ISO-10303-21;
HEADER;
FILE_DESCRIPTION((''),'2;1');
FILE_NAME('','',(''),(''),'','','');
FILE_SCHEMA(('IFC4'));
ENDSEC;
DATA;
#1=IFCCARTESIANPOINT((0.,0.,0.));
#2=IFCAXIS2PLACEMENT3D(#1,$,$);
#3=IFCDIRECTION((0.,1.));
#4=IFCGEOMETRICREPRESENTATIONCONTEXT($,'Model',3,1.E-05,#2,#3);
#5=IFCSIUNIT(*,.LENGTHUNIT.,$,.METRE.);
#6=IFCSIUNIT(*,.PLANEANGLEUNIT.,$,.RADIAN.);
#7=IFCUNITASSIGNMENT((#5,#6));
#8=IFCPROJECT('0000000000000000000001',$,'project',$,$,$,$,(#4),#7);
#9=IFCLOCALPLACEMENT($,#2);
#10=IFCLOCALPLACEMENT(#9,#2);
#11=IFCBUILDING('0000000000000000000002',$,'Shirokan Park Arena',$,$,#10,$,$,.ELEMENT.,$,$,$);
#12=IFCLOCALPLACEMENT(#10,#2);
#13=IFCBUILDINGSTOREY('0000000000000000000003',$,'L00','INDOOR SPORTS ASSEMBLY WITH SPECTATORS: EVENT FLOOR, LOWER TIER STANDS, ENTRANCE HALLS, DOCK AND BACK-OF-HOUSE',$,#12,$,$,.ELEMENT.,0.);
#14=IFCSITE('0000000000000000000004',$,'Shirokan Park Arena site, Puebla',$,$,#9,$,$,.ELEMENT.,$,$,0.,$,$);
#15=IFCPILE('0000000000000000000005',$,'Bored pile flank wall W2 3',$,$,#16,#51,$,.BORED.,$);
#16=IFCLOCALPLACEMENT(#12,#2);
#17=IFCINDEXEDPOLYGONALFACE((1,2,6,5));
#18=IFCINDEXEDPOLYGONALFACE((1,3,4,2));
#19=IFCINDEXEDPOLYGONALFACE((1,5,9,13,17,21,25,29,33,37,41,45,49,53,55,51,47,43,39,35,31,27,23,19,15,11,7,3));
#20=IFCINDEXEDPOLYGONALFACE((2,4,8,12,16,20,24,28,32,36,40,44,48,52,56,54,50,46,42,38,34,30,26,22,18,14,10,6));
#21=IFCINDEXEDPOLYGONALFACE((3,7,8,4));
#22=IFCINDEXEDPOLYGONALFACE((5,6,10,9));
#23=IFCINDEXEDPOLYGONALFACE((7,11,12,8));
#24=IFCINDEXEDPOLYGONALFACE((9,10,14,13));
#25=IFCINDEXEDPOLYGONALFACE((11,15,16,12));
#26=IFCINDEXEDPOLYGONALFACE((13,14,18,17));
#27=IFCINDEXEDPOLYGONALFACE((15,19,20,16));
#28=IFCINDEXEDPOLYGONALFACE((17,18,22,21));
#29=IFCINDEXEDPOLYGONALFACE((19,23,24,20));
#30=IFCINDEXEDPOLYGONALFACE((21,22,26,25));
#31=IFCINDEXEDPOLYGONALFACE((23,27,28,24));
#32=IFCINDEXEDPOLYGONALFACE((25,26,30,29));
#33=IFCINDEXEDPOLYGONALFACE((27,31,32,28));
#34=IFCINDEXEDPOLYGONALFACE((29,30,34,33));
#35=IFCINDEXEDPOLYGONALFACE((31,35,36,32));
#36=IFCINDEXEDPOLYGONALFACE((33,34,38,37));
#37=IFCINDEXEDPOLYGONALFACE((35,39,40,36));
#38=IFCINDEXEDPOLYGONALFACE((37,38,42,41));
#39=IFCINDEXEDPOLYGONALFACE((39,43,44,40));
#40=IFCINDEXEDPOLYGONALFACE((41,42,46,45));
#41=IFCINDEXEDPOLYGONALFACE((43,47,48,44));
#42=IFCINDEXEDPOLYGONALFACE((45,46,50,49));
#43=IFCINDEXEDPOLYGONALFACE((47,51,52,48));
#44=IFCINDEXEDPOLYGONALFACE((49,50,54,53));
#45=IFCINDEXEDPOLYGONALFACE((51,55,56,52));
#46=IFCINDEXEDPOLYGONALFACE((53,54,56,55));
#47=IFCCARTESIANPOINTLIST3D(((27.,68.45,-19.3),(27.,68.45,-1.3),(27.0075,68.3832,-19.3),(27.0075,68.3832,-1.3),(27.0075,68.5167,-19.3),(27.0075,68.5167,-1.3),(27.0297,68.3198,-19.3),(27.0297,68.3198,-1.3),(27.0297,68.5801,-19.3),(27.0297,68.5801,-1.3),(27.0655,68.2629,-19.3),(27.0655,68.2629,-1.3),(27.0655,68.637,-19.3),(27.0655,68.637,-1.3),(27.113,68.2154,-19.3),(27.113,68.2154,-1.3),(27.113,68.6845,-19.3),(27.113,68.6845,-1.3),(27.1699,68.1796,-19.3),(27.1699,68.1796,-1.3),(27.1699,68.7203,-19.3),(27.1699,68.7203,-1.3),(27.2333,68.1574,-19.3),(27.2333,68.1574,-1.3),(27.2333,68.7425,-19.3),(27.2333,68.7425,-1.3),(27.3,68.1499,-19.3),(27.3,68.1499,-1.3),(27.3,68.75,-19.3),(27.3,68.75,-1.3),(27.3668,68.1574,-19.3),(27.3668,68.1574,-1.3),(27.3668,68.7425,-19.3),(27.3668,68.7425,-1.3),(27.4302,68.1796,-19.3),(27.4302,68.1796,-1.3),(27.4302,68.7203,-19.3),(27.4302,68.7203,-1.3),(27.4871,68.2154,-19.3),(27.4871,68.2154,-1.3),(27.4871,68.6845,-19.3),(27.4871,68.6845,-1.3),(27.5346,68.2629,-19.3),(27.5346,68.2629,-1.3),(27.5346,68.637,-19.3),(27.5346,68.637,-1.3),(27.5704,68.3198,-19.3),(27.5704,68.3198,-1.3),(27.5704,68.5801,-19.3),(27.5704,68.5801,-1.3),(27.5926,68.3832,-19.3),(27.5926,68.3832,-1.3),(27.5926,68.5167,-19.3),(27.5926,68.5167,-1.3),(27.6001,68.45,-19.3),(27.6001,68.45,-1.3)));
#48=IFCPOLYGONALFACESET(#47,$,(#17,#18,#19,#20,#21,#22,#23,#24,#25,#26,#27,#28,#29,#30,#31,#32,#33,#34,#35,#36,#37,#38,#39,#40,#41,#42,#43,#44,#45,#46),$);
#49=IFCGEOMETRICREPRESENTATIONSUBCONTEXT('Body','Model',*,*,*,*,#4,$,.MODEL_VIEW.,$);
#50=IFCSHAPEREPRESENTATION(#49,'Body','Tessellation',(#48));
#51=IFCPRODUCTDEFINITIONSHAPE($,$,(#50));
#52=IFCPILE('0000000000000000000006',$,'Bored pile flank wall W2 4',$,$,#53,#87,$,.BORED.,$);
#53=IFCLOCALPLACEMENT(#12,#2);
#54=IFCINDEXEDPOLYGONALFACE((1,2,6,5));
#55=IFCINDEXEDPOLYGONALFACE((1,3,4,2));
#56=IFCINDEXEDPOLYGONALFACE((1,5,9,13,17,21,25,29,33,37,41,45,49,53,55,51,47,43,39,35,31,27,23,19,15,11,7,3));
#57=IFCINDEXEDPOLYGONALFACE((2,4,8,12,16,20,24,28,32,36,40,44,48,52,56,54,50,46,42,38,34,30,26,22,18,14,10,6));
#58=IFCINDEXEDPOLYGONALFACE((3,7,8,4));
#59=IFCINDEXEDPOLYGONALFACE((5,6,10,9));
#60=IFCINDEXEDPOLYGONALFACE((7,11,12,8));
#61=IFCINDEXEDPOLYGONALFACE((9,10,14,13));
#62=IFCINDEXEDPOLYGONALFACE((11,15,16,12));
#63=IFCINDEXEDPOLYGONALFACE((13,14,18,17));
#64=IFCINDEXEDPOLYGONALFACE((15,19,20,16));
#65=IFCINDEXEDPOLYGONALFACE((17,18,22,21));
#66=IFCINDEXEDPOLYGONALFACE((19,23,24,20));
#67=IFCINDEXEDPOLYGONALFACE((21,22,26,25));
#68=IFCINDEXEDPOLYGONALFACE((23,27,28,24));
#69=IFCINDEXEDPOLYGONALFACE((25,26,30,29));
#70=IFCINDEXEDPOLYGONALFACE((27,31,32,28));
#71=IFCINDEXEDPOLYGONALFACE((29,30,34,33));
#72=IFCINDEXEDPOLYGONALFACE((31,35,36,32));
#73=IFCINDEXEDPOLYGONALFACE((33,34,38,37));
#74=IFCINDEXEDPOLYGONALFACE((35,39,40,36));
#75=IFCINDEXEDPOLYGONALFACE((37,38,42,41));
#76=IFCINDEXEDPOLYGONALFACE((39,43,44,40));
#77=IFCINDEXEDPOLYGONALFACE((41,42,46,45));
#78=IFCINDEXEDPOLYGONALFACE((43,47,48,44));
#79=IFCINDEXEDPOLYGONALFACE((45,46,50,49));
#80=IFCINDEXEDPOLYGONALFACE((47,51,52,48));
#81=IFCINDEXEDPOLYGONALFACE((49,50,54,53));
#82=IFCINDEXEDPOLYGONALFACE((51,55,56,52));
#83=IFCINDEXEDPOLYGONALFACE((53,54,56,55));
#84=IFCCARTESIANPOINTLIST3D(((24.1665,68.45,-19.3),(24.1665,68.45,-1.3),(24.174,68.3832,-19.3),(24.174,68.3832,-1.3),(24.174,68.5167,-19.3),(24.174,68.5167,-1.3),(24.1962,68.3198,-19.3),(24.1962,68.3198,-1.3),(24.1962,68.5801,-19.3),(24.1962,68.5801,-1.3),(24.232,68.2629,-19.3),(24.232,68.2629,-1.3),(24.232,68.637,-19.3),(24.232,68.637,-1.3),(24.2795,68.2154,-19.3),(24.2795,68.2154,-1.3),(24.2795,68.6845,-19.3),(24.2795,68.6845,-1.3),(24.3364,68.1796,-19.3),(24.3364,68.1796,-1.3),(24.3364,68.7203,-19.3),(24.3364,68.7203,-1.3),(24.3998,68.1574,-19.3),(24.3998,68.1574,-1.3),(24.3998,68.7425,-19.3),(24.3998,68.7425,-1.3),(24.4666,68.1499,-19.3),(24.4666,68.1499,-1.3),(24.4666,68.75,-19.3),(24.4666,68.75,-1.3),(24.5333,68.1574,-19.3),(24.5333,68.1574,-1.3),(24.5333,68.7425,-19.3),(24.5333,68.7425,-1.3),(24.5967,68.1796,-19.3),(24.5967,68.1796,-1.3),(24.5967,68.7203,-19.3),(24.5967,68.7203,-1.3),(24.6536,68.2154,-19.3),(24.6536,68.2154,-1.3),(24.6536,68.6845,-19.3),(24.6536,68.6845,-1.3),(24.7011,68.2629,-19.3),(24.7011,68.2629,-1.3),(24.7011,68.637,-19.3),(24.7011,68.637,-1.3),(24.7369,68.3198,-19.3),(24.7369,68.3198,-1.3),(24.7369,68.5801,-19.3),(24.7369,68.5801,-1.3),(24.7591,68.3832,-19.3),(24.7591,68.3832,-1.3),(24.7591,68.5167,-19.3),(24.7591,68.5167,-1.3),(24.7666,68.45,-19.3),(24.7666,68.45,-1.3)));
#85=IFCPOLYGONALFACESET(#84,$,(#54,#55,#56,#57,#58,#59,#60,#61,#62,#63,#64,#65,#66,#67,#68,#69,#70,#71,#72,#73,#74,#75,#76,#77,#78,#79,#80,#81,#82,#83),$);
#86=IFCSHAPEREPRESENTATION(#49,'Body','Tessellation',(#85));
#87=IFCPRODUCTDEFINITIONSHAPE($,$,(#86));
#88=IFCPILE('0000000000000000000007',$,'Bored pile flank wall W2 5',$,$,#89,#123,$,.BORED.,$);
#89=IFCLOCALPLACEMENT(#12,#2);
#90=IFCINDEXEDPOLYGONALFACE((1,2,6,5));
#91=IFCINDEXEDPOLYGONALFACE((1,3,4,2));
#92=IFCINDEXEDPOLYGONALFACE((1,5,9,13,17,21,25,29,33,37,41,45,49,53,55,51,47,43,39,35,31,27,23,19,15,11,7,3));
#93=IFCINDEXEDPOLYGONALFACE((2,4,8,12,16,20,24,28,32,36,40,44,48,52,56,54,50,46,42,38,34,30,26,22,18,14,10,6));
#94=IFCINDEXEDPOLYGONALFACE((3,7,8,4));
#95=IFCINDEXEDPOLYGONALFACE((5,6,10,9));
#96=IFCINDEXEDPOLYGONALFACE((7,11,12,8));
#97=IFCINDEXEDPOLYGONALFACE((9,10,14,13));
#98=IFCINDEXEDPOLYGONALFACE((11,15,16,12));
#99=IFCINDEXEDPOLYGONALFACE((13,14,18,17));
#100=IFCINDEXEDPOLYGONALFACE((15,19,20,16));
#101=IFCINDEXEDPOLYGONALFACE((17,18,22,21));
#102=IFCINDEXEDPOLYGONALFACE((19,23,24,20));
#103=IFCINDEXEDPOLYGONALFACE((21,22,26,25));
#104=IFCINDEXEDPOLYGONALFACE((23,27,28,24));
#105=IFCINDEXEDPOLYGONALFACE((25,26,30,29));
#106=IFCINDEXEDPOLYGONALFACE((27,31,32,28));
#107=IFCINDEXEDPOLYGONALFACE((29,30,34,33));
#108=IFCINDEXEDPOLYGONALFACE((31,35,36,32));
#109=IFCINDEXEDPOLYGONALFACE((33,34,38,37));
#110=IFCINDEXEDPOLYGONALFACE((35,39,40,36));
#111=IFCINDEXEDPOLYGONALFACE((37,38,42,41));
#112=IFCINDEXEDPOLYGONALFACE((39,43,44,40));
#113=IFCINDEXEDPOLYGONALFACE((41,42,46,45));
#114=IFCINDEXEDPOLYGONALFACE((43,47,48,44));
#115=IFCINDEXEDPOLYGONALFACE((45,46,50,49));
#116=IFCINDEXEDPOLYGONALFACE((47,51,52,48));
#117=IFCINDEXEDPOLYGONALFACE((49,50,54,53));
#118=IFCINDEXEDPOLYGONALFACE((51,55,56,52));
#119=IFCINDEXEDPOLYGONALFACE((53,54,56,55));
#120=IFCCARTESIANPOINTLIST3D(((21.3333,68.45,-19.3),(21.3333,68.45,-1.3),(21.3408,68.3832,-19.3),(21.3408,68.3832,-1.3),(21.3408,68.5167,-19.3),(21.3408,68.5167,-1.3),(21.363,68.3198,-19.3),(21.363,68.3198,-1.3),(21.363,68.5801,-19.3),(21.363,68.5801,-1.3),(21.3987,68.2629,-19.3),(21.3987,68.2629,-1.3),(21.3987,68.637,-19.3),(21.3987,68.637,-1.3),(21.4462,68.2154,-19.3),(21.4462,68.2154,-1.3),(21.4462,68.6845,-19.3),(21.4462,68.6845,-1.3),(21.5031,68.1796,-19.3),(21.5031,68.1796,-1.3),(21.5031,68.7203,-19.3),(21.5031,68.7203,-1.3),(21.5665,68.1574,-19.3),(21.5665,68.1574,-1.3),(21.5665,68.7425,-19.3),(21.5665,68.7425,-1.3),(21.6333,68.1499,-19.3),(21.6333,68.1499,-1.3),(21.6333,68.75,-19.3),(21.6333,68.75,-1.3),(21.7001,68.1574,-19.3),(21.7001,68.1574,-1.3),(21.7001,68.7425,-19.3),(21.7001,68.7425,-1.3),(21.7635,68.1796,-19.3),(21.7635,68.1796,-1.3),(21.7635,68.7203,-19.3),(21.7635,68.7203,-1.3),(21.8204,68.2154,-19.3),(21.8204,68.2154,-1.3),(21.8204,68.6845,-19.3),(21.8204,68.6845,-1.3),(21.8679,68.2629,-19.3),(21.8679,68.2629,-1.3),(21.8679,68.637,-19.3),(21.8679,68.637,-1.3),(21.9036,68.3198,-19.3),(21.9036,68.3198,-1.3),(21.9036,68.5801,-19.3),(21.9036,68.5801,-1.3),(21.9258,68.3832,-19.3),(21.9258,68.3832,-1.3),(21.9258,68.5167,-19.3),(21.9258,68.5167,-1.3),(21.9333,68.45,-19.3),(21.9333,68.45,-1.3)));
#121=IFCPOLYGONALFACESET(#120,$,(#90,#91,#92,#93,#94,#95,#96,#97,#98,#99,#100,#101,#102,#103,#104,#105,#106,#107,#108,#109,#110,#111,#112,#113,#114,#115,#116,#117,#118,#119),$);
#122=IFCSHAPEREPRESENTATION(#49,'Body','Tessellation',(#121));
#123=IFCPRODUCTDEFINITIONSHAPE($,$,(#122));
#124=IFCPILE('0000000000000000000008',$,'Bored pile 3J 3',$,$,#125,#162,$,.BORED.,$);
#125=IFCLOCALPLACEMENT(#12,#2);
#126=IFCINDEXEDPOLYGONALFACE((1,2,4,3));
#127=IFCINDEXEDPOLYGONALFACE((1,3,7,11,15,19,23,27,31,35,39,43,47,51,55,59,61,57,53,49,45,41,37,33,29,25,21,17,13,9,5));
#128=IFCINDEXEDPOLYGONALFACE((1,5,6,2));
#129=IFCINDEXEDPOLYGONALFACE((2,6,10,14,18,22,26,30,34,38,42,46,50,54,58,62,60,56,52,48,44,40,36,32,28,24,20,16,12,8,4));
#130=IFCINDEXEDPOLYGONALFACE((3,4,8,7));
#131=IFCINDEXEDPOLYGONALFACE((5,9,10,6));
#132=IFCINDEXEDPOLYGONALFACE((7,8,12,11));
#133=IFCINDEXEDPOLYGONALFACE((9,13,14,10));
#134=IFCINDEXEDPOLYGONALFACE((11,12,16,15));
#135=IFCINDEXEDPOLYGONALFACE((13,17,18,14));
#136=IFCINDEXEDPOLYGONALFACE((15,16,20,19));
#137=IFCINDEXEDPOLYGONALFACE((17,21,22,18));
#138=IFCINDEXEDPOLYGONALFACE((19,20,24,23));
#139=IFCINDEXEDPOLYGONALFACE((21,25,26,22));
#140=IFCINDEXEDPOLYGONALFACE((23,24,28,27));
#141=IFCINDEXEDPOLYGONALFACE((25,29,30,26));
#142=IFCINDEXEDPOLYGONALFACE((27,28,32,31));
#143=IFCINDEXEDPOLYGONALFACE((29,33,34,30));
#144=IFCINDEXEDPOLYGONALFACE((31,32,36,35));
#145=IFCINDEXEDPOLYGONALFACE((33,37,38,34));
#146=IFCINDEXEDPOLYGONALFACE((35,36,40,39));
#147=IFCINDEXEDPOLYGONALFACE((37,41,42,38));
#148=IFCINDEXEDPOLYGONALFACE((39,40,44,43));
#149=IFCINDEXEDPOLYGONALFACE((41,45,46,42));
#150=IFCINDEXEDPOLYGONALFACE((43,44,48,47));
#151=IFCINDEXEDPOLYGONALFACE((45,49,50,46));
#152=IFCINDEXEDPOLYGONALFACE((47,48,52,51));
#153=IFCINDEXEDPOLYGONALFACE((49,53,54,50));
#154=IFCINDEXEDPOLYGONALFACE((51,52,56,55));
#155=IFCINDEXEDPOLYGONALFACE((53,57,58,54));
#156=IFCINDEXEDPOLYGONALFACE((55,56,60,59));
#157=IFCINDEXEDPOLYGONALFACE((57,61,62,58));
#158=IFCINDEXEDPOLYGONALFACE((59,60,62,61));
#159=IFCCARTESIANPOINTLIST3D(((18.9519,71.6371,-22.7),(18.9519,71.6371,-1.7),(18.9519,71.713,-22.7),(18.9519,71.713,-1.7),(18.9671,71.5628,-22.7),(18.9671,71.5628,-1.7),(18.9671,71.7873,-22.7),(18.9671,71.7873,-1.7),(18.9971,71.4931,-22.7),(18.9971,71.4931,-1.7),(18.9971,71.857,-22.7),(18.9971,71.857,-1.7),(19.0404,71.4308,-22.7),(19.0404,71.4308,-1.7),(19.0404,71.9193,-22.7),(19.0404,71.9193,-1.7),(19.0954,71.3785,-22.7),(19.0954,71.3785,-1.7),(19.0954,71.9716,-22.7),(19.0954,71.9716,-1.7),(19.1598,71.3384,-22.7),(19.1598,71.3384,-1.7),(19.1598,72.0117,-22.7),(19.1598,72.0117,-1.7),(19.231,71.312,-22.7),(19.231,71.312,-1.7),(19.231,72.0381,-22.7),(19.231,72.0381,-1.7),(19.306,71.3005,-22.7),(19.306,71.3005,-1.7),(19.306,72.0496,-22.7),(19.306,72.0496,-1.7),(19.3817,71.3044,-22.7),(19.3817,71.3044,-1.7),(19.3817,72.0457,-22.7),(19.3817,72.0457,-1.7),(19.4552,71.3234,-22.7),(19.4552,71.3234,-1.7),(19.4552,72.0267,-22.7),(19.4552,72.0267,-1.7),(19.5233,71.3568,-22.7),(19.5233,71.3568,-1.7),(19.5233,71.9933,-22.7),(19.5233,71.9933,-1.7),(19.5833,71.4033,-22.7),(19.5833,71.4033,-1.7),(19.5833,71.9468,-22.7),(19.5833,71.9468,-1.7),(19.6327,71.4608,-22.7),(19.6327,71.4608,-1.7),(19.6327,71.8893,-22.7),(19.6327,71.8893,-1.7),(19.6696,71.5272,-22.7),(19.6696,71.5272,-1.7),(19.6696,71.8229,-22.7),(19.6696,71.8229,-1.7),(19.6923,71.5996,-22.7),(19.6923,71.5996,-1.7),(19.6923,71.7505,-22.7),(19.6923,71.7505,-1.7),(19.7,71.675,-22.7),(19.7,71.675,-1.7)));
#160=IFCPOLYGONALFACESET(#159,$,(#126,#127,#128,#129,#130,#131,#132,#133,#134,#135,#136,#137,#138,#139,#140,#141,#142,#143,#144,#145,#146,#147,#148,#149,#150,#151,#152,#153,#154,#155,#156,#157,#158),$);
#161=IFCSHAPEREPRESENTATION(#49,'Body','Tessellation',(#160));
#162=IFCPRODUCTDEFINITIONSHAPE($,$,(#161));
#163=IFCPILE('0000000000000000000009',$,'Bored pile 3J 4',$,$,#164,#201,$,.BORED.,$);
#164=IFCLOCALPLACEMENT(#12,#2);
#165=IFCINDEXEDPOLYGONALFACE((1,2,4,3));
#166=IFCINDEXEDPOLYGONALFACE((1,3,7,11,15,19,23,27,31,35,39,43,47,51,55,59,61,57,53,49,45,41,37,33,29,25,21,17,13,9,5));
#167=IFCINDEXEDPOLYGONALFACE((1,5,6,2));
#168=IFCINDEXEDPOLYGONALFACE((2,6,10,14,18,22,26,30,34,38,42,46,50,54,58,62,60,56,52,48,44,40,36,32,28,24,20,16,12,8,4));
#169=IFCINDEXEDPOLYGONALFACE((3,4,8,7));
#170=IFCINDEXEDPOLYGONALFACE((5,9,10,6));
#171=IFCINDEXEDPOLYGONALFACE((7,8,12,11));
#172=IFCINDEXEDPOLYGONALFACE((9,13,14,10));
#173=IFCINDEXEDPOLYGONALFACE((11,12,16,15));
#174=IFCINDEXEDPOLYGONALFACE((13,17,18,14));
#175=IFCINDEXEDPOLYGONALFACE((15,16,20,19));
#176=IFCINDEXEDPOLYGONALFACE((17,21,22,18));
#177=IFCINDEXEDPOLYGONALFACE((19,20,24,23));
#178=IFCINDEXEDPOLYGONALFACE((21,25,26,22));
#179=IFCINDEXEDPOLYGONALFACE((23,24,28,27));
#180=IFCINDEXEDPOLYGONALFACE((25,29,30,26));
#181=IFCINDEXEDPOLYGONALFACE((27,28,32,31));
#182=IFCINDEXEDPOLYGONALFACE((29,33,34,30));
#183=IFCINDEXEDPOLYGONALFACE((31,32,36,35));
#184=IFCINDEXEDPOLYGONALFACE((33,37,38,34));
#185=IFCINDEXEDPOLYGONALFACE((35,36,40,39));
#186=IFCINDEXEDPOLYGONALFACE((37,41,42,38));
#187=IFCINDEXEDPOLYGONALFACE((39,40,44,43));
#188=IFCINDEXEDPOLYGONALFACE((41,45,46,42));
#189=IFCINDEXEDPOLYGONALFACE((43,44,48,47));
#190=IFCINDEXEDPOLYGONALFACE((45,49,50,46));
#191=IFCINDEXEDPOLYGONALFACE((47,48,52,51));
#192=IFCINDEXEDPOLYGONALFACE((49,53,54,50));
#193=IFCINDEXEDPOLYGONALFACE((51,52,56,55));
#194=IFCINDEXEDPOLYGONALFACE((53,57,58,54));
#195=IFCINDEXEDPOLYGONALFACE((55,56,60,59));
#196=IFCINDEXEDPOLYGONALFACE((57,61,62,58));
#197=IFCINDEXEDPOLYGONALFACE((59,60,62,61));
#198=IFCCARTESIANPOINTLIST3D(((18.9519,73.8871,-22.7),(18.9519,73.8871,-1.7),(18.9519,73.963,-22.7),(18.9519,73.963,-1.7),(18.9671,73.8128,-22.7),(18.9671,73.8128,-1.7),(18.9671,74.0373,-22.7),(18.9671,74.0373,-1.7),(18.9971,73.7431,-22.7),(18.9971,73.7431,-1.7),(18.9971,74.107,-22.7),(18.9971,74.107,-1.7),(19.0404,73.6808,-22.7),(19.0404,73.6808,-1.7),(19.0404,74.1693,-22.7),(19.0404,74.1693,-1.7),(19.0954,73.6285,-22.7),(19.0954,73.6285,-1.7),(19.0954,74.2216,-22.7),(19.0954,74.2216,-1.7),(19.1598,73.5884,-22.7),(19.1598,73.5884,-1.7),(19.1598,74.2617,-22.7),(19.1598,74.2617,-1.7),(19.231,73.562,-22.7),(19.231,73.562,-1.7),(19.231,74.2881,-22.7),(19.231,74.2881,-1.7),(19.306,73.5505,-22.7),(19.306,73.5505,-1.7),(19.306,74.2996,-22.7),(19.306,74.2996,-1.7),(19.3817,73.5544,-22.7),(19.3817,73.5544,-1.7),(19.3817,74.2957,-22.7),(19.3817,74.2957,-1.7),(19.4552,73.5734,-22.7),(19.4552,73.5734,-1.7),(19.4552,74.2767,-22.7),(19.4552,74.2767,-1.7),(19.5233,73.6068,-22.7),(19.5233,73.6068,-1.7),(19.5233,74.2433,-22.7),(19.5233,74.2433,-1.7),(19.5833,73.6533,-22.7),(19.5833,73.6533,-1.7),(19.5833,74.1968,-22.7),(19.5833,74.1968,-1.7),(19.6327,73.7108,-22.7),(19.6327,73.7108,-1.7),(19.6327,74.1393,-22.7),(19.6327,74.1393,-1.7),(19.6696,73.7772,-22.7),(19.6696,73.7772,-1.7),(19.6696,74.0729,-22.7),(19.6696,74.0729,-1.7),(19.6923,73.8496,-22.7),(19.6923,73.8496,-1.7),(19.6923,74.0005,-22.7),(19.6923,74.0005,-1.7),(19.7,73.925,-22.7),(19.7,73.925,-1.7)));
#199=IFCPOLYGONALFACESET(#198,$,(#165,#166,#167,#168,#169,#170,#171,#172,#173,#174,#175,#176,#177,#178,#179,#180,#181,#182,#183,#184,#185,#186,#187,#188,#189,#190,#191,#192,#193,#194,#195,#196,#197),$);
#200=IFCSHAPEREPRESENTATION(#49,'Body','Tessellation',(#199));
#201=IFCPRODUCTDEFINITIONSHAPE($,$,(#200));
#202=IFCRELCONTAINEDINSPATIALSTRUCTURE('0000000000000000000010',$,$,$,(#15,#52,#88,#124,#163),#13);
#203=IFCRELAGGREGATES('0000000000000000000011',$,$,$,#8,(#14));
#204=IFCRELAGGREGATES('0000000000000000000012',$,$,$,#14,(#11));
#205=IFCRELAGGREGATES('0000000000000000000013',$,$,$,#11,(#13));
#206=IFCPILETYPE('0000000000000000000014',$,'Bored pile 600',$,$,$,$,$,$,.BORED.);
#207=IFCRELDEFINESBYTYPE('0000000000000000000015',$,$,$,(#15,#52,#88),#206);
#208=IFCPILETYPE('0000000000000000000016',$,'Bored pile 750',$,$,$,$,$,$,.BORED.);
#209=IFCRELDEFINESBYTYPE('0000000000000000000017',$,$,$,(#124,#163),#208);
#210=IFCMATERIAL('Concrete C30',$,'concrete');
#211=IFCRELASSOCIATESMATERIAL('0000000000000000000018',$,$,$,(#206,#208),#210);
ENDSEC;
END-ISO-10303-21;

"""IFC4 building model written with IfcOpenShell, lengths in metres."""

from ifc_helpers import new_model, si_unit, direction, frame, origin, origin_2d, place, context, subcontext, project, spatial, circle, extrude, material, material_profile, profile_set, type_object, element, save


model = new_model("IFC4")

# Units and contexts
model_context = context("Model", 3, precision=1e-05, world=origin(), true_north=direction((0.0, 1.0)))
body_context = subcontext(model_context, "Body", "Model", "MODEL_VIEW")
ifc_project = project(units=[si_unit("LENGTHUNIT", "METRE"), si_unit("PLANEANGLEUNIT", "RADIAN")], contexts=[model_context])

# Site, building, storey
site_placement = place(None, origin())
site = spatial("IfcSite", under=ifc_project, at=site_placement, Name="Shirokan Park Arena site, Puebla", CompositionType="ELEMENT", RefElevation=0.0)
building_placement = place(site_placement, origin())
building = spatial("IfcBuilding", under=site, at=building_placement, Name="Shirokan Park Arena", CompositionType="ELEMENT")
storey_placement = place(building_placement, origin())
storey = spatial("IfcBuildingStorey", under=building, at=storey_placement, Name="L00", Description="INDOOR SPORTS ASSEMBLY WITH SPECTATORS: EVENT FLOOR, LOWER TIER STANDS, ENTRANCE HALLS, DOCK AND BACK-OF-HOUSE", CompositionType="ELEMENT", Elevation=0.0)

# Piles
ifc_material_1 = material(Name="Concrete C30", Category="concrete")
ifc_material_profile_1 = material_profile(ifc_material_1, circle(Radius=0.3, at=origin_2d()), Name="D600")
ifc_profile_set_1 = profile_set([ifc_material_profile_1], Name="Concrete C30")
pile_type_1 = type_object("IfcPileType", Name="Bored pile 600", PredefinedType="BORED", material=ifc_profile_set_1)
for number, where, z_axis, x_axis, name in (
    (1, (27.3, 68.45, -1.3), (0.0, 0.0, -1.0), (1.0, 0.0, 0.0), "Bored pile flank wall W2 3"),
    (2, (24.4666, 68.45, -1.3), (0.0, 0.0, -1.0), (1.0, 0.0, 0.0), "Bored pile flank wall W2 4"),
    (3, (21.6333, 68.45, -1.3), (0.0, 0.0, -1.0), (1.0, 0.0, 0.0), "Bored pile flank wall W2 5"),
):
    element("IfcPile", number, at=place(storey_placement, frame(where, z_axis=z_axis, x_axis=x_axis)), inside=storey, type_object=pile_type_1, Name=name, PredefinedType="BORED", context=body_context, shape_type="SweptSolid", body=[
        extrude(circle(Radius=0.3, at=origin_2d()), origin(), (0.0, 0.0, 1.0), 18.0),
    ])
ifc_material_profile_2 = material_profile(ifc_material_1, circle(Radius=0.375, at=origin_2d()), Name="D750")
ifc_profile_set_2 = profile_set([ifc_material_profile_2], Name="Concrete C30")
pile_type_2 = type_object("IfcPileType", Name="Bored pile 750", PredefinedType="BORED", material=ifc_profile_set_2)
for number, where, z_axis, x_axis, name in (
    (4, (19.325, 71.675, -1.7), (0.0, 0.0, -1.0), (1.0, 0.0, 0.0), "Bored pile 3J 3"),
    (5, (19.325, 73.925, -1.7), (0.0, 0.0, -1.0), (1.0, 0.0, 0.0), "Bored pile 3J 4"),
):
    element("IfcPile", number, at=place(storey_placement, frame(where, z_axis=z_axis, x_axis=x_axis)), inside=storey, type_object=pile_type_2, Name=name, PredefinedType="BORED", context=body_context, shape_type="SweptSolid", body=[
        extrude(circle(Radius=0.375, at=origin_2d()), origin(), (0.0, 0.0, 1.0), 21.0),
    ])

save(model, "model.ifc")
